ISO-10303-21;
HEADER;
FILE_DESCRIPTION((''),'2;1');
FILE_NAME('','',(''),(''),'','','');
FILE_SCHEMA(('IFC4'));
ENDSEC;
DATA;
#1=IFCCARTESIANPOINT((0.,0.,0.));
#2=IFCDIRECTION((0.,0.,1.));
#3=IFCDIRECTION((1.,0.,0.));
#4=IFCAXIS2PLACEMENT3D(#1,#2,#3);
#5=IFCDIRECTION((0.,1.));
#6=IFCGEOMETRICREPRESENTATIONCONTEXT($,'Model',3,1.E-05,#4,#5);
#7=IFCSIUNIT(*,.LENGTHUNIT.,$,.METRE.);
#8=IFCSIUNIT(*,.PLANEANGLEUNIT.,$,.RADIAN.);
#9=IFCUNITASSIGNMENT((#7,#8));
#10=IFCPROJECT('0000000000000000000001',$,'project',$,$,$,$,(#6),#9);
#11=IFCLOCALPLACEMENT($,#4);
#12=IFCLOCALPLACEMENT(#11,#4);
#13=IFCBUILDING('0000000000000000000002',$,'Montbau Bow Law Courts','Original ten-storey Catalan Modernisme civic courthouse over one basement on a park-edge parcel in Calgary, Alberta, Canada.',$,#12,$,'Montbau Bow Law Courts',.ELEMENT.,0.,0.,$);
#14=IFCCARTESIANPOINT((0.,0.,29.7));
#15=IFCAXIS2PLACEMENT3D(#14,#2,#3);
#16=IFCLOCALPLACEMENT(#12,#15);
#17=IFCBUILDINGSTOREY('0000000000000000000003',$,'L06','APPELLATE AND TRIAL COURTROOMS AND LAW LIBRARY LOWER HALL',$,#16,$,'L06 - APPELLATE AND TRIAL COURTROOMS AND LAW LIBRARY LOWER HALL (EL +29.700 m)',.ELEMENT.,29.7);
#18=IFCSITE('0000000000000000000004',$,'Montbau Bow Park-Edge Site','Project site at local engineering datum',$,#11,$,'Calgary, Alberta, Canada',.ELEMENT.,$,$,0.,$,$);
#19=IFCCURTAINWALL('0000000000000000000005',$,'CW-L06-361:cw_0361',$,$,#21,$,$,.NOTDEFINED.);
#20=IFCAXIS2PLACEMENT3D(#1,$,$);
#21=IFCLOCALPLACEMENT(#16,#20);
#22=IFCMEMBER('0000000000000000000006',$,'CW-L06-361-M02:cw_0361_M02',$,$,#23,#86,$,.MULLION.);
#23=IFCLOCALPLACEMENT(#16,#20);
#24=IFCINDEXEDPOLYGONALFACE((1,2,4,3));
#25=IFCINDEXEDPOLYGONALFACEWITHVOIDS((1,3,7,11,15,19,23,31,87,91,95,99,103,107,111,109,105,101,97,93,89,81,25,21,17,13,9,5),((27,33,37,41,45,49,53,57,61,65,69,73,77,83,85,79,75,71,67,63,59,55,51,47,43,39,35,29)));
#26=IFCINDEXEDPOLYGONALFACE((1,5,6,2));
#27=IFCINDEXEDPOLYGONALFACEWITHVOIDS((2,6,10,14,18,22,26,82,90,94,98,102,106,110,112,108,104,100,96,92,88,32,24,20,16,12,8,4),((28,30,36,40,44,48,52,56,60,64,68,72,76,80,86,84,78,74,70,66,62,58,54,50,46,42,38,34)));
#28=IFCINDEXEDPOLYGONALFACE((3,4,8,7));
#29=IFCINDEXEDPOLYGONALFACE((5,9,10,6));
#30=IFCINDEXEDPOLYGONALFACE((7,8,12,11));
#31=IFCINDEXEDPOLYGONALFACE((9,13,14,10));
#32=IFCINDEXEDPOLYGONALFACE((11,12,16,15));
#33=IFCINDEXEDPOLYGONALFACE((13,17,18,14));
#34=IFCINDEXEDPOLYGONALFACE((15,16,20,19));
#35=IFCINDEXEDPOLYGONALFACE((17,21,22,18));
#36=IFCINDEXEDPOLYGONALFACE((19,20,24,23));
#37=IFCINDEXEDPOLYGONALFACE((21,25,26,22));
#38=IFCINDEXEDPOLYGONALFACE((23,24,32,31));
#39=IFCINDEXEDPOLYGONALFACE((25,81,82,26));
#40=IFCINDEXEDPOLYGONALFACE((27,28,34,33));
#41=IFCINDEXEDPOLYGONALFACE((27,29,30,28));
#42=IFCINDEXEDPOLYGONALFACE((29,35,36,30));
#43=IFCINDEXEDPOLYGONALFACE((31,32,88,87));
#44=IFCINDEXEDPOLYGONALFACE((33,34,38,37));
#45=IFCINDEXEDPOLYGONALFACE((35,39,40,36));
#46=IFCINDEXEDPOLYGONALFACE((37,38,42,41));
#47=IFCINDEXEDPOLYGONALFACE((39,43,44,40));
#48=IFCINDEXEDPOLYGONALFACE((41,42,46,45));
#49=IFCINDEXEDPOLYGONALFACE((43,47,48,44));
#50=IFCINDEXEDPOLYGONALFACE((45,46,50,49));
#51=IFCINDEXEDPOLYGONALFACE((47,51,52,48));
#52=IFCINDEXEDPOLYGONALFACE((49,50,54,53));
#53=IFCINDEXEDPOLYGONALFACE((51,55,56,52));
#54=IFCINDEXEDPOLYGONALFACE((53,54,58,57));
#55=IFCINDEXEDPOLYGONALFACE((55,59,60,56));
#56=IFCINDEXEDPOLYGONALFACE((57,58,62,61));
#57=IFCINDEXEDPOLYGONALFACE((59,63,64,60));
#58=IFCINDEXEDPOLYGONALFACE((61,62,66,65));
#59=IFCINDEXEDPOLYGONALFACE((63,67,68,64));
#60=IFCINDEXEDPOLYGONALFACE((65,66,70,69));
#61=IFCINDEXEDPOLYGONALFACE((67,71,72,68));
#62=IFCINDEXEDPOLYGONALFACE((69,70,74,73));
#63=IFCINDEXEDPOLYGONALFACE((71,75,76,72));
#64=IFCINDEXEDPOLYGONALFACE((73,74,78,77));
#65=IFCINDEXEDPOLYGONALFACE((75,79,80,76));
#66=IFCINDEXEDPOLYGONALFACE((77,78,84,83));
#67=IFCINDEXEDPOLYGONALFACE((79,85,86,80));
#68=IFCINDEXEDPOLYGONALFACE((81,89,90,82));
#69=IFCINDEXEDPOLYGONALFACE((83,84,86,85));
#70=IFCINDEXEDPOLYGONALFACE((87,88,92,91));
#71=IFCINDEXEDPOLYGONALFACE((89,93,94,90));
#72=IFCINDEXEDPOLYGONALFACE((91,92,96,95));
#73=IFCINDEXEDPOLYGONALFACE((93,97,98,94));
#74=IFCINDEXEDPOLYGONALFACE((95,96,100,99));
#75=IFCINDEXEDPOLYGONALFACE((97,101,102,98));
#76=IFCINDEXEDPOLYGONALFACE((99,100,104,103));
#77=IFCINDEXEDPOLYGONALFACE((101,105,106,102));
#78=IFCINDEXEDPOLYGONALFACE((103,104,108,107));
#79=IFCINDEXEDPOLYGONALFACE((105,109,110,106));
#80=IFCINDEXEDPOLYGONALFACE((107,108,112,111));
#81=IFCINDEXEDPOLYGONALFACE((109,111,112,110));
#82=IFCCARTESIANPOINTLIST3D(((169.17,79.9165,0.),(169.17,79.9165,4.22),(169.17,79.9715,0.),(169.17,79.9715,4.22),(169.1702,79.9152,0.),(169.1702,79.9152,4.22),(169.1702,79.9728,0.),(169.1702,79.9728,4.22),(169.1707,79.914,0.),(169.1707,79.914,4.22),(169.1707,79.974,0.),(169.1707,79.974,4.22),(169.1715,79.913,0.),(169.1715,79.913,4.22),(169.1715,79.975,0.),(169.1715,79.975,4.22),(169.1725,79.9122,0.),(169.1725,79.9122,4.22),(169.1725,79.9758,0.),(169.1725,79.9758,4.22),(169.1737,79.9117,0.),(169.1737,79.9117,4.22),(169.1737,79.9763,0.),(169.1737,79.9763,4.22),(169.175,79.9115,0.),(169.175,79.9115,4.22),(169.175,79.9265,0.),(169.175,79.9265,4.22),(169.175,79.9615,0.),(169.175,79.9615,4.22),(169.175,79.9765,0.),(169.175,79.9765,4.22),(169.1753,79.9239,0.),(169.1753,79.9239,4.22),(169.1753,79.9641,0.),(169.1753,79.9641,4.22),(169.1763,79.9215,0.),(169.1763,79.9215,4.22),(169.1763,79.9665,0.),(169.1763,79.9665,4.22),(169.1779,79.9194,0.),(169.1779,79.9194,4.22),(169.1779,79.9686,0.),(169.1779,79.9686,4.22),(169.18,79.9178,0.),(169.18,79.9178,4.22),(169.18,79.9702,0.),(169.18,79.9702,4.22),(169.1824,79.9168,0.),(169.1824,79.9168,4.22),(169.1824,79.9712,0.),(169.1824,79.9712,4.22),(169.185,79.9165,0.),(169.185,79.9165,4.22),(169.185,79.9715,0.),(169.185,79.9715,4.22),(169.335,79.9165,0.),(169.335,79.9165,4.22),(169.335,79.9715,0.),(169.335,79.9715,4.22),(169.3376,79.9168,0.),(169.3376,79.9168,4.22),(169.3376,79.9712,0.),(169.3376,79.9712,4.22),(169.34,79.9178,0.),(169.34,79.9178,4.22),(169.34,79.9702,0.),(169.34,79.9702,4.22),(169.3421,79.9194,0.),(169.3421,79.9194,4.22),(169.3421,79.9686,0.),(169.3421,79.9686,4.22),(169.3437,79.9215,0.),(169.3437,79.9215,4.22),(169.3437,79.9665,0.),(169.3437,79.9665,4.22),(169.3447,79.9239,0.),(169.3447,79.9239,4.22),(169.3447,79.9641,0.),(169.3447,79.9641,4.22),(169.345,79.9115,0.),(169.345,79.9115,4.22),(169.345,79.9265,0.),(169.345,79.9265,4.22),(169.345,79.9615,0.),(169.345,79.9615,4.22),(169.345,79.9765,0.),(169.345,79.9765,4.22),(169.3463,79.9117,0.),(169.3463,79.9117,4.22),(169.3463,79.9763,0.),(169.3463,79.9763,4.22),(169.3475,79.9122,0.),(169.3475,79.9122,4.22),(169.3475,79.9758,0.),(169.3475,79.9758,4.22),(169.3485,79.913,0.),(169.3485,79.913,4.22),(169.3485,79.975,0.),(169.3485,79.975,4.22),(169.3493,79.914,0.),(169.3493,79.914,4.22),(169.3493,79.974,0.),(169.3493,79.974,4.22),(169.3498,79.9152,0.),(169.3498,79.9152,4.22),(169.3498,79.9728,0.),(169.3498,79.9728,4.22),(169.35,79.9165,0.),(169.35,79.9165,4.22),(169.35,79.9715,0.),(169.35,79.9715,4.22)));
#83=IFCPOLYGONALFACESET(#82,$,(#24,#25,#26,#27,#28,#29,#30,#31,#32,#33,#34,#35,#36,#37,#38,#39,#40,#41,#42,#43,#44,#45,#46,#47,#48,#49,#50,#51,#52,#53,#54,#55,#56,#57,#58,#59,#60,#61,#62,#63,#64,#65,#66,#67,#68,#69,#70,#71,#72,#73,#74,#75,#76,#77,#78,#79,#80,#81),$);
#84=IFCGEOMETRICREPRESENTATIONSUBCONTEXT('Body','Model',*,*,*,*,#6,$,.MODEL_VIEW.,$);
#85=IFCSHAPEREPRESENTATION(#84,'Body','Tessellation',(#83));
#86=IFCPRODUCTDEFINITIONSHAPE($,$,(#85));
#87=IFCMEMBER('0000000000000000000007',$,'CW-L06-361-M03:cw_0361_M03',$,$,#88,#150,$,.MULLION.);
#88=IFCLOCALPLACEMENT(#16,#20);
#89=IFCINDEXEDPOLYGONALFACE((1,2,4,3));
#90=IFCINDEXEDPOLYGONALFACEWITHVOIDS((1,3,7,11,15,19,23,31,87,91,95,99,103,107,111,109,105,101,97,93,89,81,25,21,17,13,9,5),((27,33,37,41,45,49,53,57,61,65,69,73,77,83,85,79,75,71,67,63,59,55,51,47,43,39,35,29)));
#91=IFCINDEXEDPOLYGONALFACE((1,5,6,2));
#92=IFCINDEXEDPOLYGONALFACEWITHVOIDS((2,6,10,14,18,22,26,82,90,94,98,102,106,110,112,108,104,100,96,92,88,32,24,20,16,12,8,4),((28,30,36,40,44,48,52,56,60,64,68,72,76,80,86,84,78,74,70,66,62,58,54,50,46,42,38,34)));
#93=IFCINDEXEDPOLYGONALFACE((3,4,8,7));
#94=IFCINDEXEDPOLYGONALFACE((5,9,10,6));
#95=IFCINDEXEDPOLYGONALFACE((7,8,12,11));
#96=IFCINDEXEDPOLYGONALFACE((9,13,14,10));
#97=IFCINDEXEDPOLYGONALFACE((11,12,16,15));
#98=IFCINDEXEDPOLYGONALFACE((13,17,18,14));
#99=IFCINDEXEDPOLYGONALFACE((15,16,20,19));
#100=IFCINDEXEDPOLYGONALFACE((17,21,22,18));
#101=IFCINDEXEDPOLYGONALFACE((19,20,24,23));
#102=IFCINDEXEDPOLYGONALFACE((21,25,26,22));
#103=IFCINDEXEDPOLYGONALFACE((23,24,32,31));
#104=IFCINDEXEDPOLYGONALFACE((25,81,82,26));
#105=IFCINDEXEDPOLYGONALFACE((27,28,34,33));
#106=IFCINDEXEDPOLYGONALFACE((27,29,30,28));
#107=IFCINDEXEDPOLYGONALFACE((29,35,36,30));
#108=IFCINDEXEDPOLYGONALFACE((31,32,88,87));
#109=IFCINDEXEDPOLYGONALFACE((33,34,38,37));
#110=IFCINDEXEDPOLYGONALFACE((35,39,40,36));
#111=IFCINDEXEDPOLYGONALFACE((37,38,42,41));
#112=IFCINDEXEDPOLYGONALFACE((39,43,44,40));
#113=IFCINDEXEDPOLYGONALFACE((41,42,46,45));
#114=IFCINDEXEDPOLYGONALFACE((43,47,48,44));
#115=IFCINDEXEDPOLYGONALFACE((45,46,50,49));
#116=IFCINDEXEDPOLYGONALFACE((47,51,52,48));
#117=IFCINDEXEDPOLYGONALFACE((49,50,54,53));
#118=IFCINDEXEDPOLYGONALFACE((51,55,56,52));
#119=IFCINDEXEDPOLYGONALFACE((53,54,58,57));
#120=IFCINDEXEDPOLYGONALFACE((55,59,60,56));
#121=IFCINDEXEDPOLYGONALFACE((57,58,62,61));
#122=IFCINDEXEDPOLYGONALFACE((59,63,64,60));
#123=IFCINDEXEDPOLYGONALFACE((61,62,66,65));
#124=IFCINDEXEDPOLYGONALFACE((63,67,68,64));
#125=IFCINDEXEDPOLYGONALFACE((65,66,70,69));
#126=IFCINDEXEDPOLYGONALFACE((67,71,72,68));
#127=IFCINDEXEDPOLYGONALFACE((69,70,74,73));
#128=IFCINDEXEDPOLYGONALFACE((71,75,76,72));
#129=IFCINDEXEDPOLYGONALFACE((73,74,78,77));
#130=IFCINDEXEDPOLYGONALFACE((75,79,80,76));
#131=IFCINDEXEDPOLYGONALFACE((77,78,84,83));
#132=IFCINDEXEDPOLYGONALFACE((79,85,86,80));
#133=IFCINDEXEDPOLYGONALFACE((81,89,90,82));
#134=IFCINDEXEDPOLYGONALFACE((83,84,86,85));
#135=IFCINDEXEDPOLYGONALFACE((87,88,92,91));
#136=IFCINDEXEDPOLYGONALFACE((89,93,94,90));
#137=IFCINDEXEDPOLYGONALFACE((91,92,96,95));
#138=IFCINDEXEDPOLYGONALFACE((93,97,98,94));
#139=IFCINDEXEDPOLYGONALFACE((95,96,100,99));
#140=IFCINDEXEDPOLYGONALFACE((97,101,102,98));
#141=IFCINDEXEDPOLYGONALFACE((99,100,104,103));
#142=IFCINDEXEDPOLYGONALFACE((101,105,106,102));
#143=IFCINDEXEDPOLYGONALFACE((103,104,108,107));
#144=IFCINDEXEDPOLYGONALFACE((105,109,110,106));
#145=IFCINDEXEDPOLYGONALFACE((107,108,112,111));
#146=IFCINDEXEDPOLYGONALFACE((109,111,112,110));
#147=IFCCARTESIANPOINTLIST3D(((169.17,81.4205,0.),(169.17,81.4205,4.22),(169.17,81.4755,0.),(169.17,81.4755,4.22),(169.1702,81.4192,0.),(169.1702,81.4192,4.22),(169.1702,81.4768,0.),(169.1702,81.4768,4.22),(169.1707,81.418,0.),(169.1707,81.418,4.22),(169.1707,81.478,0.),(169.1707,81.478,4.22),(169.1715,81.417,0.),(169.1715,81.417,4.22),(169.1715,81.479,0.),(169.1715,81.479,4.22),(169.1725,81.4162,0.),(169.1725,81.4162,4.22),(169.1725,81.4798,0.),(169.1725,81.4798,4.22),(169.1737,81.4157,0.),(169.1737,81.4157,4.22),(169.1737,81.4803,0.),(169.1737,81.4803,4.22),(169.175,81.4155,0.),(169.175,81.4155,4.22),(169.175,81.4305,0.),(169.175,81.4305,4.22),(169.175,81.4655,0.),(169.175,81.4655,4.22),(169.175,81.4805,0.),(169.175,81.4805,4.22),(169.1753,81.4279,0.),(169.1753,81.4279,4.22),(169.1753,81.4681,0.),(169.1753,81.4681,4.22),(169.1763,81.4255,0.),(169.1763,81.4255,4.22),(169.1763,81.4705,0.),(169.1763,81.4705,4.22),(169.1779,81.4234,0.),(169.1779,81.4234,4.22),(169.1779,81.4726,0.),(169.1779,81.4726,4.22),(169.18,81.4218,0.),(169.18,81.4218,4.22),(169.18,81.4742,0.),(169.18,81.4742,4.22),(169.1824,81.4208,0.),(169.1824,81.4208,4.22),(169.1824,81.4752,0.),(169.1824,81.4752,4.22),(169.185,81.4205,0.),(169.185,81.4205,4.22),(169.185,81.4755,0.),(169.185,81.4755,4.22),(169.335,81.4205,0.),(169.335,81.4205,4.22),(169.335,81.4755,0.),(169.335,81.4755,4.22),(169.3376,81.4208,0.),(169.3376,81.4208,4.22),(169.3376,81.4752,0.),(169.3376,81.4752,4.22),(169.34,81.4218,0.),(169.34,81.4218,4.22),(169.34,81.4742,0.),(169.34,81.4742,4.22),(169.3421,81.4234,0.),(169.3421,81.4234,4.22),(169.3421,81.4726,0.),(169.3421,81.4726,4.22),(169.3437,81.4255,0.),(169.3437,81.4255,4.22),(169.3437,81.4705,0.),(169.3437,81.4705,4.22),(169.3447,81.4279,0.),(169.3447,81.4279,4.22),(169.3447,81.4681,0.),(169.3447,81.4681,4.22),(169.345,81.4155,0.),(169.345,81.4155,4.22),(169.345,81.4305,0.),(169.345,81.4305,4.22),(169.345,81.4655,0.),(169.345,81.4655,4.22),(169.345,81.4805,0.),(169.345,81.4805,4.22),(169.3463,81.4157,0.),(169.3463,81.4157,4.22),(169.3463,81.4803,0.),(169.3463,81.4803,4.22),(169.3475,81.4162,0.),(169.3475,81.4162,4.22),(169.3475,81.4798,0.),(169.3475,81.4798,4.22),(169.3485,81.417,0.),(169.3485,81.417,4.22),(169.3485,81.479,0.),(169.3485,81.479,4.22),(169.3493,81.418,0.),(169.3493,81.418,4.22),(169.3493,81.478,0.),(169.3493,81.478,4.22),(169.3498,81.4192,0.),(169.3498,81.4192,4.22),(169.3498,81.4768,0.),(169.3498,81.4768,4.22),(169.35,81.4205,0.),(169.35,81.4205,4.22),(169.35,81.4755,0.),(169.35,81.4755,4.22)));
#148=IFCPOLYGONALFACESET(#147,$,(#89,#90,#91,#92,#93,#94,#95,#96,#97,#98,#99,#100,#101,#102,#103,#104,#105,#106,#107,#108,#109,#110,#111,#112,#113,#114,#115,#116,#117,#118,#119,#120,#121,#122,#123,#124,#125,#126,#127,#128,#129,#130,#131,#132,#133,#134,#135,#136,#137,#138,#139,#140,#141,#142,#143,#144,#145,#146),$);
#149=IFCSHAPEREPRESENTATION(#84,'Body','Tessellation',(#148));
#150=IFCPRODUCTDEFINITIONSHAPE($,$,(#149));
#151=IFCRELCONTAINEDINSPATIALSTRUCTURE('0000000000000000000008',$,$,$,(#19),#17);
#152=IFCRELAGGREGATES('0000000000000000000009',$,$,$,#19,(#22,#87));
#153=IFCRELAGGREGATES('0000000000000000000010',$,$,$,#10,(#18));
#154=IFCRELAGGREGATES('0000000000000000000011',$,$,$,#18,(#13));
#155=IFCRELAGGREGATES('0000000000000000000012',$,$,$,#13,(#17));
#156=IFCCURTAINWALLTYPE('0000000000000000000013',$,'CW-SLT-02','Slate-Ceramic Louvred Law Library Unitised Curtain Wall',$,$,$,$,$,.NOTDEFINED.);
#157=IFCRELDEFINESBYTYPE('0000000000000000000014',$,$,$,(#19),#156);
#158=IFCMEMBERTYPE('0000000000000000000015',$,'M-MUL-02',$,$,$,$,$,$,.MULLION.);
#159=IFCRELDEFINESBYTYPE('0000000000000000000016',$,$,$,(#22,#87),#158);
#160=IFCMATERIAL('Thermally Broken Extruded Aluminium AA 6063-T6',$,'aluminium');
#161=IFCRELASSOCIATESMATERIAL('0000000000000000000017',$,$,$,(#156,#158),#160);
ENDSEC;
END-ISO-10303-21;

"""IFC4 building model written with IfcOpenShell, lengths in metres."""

from ifc_helpers import new_model, si_unit, direction, frame, origin_with_axes, origin_2d_with_axis, place, context, subcontext, project, spatial, hollow_rectangle, extrude, material, material_profile, profile_set, type_object, element, aggregate, save


model = new_model("IFC4")

# Units and contexts
model_context = context("Model", 3, precision=1e-05, world=origin_with_axes(), true_north=direction((0.0, 1.0)))
body_context = subcontext(model_context, "Body", "Model", "MODEL_VIEW")
ifc_project = project(units=[si_unit("LENGTHUNIT", "METRE"), si_unit("PLANEANGLEUNIT", "RADIAN")], contexts=[model_context])

# Site, building, storey
site_placement = place(None, origin_with_axes())
site = spatial("IfcSite", under=ifc_project, at=site_placement, Name="Montbau Bow Park-Edge Site", Description="Project site at local engineering datum", LongName="Calgary, Alberta, Canada", CompositionType="ELEMENT", RefElevation=0.0)
building_placement = place(site_placement, origin_with_axes())
building = spatial("IfcBuilding", under=site, at=building_placement, Name="Montbau Bow Law Courts", Description="Original ten-storey Catalan Modernisme civic courthouse over one basement on a park-edge parcel in Calgary, Alberta, Canada.", LongName="Montbau Bow Law Courts", CompositionType="ELEMENT", ElevationOfRefHeight=0.0, ElevationOfTerrain=0.0)
storey_placement = place(building_placement, frame((0.0, 0.0, 29.7), z_axis=(0.0, 0.0, 1.0), x_axis=(1.0, 0.0, 0.0)))
storey = spatial("IfcBuildingStorey", under=building, at=storey_placement, Name="L06", Description="APPELLATE AND TRIAL COURTROOMS AND LAW LIBRARY LOWER HALL", LongName="L06 - APPELLATE AND TRIAL COURTROOMS AND LAW LIBRARY LOWER HALL (EL +29.700 m)", CompositionType="ELEMENT", Elevation=29.7)

# Curtain wall, members
ifc_material_1 = material(Name="Thermally Broken Extruded Aluminium AA 6063-T6", Category="aluminium")
curtain_wall_type = type_object("IfcCurtainWallType", Name="CW-SLT-02", Description="Slate-Ceramic Louvred Law Library Unitised Curtain Wall", PredefinedType="NOTDEFINED", material=ifc_material_1)
ifc_material_profile_1 = material_profile(ifc_material_1, hollow_rectangle(XDim=0.065, YDim=0.18, WallThickness=0.005, InnerFilletRadius=0.01, OuterFilletRadius=0.005, at=origin_2d_with_axis()), Name="CWM-180X65", Category="Main", Priority=0)
ifc_profile_set_1 = profile_set([ifc_material_profile_1], Name="Thermally Broken Extruded Aluminium AA 6063-T6")
member_type_1 = type_object("IfcMemberType", Name="M-MUL-02", PredefinedType="MULLION", material=ifc_profile_set_1)
curtain_wall_1_placement = place(None, frame((169.26, 78.44, 29.7), z_axis=(0.0, 0.0, 1.0), x_axis=(1.0, 0.0, 0.0)))
curtain_wall_1 = element("IfcCurtainWall", 1, at=curtain_wall_1_placement, inside=storey, type_object=curtain_wall_type, Name="CW-L06-361:cw_0361", PredefinedType="NOTDEFINED")
member_1_placement = place(None, frame((169.26, 79.944, 29.7), z_axis=(0.0, 0.0, 1.0), x_axis=(0.0, 1.0, 0.0)))
member_1 = element("IfcMember", 2, at=member_1_placement, type_object=member_type_1, Name="CW-L06-361-M02:cw_0361_M02", PredefinedType="MULLION", context=body_context, shape_type="SweptSolid", body=[
    extrude(hollow_rectangle(XDim=0.065, YDim=0.18, WallThickness=0.005, InnerFilletRadius=0.01, OuterFilletRadius=0.005, at=origin_2d_with_axis()), origin_with_axes(), (0.0, 0.0, 1.0), 4.22),
])
member_2_placement = place(None, frame((169.26, 81.448, 29.7), z_axis=(0.0, 0.0, 1.0), x_axis=(0.0, 1.0, 0.0)))
member_2 = element("IfcMember", 3, at=member_2_placement, type_object=member_type_1, Name="CW-L06-361-M03:cw_0361_M03", PredefinedType="MULLION", context=body_context, shape_type="SweptSolid", body=[
    extrude(hollow_rectangle(XDim=0.065, YDim=0.18, WallThickness=0.005, InnerFilletRadius=0.01, OuterFilletRadius=0.005, at=origin_2d_with_axis()), origin_with_axes(), (0.0, 0.0, 1.0), 4.22),
])

aggregate(curtain_wall_1, [member_1, member_2])

save(model, "model.ifc")
